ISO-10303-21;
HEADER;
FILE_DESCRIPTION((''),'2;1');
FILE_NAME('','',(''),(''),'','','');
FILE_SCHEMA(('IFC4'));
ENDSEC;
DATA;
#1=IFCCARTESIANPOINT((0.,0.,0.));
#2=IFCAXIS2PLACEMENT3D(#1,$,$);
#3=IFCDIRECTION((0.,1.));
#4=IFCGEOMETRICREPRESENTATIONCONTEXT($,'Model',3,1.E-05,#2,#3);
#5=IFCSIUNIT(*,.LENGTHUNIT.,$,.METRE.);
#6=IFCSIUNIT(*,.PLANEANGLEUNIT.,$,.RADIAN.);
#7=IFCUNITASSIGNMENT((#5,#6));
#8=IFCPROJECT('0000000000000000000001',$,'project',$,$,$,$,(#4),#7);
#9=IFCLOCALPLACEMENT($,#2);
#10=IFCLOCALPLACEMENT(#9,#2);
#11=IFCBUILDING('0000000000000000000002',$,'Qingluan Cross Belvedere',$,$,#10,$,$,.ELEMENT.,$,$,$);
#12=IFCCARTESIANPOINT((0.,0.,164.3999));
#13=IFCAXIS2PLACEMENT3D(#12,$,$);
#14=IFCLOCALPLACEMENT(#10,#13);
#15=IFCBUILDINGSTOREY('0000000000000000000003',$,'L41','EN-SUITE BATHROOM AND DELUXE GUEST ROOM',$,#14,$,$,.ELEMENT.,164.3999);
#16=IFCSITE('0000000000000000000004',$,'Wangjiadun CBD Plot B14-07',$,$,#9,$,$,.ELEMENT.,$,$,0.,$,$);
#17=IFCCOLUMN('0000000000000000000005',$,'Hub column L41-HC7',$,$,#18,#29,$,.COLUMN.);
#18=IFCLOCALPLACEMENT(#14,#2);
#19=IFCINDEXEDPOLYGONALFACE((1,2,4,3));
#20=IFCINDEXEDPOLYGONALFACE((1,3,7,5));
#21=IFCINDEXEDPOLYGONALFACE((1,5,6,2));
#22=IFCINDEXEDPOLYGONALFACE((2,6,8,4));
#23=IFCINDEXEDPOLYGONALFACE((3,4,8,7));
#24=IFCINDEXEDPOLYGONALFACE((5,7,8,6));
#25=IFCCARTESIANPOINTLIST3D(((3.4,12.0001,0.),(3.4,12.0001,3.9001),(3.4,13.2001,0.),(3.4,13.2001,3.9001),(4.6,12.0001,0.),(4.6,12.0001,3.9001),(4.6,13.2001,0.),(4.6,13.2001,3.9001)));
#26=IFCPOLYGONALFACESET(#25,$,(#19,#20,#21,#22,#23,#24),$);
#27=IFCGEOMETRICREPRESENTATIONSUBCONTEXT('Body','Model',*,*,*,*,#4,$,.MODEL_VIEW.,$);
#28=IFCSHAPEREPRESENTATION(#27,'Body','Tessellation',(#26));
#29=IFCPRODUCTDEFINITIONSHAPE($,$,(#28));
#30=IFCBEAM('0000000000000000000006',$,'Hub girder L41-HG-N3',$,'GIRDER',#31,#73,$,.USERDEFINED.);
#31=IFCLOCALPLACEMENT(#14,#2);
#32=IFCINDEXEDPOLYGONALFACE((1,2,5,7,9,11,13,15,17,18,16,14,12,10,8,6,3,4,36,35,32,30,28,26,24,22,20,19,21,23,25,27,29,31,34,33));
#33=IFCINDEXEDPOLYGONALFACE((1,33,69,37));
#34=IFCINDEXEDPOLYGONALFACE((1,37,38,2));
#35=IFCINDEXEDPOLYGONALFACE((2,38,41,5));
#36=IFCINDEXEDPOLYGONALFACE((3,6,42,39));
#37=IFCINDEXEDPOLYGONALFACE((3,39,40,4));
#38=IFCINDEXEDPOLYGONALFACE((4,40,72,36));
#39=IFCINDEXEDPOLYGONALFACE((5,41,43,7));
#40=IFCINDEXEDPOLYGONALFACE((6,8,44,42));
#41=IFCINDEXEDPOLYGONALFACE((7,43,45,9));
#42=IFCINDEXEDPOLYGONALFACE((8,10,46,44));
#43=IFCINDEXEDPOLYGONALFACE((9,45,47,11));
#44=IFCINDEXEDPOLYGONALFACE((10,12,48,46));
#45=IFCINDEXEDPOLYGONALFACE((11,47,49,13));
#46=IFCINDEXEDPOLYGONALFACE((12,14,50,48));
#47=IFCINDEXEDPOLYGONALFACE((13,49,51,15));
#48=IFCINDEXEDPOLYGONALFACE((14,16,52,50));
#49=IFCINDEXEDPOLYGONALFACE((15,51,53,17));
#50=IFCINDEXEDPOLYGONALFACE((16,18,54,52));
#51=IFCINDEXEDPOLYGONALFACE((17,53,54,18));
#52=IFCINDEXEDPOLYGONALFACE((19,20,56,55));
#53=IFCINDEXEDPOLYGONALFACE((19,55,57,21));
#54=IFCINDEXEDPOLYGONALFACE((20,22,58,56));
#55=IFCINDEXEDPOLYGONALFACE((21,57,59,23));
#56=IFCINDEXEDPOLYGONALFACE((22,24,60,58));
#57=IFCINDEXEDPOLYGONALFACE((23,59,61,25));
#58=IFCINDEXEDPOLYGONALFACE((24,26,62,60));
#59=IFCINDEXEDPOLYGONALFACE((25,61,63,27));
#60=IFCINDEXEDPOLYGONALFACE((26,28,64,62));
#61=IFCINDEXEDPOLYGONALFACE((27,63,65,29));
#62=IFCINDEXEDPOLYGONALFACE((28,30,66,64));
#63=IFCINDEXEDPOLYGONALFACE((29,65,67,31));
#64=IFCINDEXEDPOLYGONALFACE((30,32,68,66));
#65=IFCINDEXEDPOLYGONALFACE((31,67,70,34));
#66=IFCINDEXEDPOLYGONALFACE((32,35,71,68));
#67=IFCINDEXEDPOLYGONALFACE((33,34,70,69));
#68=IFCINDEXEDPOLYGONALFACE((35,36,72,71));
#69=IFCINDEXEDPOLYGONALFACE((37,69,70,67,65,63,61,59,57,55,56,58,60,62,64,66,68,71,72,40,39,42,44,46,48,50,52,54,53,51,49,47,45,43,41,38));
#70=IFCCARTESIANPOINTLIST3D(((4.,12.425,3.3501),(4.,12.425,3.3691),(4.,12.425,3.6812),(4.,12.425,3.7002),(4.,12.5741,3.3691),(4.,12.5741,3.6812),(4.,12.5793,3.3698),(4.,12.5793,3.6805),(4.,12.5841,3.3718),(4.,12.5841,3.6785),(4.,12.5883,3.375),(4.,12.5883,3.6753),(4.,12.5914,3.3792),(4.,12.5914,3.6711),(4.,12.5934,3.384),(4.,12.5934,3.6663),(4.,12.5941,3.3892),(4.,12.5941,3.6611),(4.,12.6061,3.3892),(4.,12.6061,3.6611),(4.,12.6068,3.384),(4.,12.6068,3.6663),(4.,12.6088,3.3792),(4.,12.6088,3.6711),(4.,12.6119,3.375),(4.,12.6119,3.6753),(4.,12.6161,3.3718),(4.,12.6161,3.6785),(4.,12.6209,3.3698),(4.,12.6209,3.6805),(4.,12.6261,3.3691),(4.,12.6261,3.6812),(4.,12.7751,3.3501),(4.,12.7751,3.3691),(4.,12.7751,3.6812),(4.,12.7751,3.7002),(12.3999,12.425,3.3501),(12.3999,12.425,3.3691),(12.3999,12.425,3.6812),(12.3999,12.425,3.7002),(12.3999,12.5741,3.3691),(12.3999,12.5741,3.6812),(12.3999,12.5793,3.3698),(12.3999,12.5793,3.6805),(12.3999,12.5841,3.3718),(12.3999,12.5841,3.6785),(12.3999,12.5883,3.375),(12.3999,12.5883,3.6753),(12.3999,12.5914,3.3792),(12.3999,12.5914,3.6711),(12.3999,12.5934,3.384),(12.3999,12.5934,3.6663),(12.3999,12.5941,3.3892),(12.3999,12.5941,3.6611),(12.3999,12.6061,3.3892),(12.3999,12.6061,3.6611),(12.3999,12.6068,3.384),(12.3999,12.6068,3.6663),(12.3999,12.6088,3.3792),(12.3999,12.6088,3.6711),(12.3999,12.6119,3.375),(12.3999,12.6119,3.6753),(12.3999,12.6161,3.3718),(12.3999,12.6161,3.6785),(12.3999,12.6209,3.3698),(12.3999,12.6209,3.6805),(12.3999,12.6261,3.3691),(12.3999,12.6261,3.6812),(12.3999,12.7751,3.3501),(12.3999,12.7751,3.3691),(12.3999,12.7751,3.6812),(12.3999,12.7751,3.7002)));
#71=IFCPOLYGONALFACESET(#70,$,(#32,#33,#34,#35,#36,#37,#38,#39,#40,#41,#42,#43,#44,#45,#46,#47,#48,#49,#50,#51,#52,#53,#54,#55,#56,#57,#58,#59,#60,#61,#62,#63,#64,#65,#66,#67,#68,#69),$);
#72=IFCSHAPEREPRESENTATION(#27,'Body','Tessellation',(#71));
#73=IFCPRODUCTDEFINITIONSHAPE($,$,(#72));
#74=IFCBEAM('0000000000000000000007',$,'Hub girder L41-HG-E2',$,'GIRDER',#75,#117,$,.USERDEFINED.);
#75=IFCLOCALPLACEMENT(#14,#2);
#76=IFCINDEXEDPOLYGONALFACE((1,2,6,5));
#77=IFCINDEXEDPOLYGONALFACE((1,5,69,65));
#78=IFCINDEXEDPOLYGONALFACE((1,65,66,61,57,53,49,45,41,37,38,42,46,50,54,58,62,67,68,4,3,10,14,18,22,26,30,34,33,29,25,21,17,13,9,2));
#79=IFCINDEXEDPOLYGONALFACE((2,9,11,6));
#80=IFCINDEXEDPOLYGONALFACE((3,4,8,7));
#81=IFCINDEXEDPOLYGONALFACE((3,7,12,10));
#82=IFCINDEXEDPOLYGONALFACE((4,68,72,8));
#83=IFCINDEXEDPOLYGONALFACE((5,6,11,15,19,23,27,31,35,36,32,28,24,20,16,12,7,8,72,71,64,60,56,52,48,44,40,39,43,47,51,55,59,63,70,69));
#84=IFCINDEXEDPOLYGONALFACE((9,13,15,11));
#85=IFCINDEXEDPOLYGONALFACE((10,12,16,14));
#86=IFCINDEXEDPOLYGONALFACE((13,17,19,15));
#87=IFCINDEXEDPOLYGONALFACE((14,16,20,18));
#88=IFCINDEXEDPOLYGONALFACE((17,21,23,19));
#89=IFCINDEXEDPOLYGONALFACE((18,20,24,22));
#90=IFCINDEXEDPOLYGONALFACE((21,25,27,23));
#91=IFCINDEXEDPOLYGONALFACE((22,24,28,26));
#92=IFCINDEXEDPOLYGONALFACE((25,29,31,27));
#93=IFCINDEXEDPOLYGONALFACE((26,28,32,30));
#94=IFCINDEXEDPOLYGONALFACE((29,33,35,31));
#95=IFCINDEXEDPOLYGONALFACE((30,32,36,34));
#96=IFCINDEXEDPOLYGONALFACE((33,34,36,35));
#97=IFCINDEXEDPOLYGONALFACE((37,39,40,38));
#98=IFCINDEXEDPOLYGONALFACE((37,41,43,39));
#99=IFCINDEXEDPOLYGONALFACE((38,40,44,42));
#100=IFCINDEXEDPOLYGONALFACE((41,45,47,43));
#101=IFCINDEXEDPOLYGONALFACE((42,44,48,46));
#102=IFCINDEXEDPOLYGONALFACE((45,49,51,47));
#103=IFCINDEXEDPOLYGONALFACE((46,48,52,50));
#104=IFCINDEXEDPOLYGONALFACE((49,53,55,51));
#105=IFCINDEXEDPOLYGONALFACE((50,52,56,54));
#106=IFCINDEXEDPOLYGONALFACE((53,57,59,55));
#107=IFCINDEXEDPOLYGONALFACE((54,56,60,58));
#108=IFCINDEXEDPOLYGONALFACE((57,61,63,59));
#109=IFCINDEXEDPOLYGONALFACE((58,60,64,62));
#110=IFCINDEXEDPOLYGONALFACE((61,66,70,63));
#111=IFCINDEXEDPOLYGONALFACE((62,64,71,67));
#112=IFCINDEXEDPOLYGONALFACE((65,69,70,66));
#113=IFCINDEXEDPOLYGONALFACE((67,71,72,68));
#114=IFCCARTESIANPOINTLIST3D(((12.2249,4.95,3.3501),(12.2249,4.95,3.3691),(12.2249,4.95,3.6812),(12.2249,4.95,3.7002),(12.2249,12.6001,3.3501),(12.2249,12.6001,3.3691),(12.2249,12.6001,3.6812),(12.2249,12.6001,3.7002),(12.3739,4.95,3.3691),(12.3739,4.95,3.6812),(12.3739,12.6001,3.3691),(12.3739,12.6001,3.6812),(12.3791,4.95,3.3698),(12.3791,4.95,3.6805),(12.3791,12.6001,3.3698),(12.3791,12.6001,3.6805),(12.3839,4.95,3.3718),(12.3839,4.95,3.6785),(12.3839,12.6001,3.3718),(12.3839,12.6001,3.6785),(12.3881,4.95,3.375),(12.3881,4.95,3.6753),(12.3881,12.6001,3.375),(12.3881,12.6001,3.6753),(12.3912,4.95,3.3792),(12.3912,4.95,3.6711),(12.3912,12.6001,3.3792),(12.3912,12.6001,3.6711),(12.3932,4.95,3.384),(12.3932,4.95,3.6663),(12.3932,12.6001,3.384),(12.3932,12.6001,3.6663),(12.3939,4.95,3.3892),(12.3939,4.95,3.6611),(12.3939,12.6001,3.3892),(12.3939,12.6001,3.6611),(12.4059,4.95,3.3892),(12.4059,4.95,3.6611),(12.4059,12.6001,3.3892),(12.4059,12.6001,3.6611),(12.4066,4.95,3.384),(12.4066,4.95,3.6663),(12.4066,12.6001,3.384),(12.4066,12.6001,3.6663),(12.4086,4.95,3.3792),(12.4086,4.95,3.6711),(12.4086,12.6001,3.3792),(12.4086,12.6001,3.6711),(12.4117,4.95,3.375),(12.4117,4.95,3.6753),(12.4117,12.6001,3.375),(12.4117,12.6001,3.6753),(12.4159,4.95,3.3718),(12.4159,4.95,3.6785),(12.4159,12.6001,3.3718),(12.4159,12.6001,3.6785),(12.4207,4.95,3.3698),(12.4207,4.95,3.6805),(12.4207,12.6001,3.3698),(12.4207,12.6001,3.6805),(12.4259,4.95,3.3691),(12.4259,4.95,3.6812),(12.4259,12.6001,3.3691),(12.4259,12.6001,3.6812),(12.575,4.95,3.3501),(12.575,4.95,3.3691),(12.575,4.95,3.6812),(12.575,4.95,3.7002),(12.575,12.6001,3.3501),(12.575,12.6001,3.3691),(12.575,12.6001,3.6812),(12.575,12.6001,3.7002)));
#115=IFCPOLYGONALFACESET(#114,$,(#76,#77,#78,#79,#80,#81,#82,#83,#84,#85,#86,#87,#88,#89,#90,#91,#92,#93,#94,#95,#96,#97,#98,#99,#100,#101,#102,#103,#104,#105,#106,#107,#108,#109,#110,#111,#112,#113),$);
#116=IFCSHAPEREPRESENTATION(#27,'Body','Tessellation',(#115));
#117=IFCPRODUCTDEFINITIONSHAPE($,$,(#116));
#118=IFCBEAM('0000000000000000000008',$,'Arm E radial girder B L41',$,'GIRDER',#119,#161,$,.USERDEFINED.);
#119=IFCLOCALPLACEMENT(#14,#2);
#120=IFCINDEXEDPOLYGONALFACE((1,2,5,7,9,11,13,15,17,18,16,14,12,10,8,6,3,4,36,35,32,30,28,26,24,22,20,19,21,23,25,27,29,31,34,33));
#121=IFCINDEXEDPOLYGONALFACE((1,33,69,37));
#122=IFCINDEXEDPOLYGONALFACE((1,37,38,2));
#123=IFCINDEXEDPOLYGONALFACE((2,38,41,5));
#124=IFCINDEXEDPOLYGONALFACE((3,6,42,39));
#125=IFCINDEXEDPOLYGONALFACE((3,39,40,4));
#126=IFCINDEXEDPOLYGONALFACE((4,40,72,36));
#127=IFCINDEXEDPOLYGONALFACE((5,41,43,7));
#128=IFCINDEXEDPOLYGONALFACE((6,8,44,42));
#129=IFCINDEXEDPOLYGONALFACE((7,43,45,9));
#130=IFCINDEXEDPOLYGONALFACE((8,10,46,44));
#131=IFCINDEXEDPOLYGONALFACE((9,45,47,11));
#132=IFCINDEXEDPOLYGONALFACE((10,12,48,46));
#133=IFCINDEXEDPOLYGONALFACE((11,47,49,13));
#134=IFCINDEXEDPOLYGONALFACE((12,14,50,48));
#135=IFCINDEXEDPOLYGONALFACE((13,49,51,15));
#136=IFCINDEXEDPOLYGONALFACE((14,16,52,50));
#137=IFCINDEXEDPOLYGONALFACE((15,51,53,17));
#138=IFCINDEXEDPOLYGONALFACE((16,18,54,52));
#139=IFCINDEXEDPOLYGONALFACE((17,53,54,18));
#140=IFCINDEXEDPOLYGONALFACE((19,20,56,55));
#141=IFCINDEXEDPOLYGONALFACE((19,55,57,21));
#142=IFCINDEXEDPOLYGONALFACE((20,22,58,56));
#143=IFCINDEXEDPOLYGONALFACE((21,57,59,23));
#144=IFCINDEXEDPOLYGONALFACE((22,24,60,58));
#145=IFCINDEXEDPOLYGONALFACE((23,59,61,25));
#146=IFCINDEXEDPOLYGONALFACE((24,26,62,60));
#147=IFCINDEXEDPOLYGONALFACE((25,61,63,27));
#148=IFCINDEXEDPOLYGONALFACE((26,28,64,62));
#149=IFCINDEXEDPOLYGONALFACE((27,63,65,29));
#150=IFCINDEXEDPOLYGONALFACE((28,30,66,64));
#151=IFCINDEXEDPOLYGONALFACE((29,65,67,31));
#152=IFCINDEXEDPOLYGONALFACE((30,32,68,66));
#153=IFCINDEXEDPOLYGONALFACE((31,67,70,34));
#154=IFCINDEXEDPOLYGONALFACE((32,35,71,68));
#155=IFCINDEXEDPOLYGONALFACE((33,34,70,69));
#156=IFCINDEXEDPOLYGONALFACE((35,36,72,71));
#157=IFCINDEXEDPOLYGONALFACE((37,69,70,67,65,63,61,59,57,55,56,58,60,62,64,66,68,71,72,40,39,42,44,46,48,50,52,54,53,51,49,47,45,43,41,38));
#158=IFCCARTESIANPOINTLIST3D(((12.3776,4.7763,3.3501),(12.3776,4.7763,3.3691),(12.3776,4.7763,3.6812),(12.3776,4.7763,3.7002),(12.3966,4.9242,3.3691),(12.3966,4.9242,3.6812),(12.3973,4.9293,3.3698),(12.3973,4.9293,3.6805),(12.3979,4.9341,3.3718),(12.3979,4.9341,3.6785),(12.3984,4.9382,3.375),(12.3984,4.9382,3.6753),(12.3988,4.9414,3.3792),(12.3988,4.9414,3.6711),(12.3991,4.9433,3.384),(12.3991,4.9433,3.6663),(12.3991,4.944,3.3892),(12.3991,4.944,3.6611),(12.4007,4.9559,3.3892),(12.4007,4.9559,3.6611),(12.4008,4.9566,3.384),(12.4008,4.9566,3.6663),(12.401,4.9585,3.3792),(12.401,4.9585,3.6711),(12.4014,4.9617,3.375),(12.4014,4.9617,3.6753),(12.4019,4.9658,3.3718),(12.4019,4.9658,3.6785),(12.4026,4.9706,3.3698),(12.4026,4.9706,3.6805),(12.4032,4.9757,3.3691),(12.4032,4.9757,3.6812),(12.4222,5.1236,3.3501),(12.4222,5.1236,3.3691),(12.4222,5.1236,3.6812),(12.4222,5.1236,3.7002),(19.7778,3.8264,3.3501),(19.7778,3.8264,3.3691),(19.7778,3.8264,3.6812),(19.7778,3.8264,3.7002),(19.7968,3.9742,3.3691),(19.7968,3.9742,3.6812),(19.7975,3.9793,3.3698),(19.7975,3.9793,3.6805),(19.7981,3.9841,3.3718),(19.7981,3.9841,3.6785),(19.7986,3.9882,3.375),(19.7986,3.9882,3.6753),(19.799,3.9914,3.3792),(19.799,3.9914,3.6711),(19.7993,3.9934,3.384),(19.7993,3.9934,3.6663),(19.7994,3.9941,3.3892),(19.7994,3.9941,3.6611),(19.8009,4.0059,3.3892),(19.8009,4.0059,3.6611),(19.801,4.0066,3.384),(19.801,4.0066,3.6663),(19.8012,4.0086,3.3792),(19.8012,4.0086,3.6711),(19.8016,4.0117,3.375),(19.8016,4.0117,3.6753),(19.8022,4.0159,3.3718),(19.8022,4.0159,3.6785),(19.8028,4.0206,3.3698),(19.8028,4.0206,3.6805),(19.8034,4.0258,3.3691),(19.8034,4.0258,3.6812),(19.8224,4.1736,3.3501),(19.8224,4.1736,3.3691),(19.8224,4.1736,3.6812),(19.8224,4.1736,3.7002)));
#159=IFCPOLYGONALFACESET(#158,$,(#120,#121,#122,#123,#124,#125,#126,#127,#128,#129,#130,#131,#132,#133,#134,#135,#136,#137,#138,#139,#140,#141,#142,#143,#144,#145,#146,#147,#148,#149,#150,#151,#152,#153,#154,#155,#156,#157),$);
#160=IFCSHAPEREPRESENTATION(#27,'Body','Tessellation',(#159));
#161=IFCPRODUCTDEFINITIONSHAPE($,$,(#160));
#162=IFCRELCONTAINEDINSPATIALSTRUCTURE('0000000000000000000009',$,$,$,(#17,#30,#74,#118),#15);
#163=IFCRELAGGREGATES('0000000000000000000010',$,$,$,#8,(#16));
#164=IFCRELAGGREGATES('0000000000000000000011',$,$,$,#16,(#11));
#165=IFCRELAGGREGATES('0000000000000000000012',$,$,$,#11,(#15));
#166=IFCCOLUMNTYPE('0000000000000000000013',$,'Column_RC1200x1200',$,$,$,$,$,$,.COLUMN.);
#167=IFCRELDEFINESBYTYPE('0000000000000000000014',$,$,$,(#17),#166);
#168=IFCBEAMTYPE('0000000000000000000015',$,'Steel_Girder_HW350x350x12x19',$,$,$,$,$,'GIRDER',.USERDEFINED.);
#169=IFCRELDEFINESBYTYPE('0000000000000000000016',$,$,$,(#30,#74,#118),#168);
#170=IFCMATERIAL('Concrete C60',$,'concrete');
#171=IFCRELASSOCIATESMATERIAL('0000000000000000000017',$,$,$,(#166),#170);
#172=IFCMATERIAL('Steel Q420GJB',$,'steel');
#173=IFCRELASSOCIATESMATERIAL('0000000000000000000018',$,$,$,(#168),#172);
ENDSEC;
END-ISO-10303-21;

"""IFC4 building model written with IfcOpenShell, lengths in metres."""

from ifc_helpers import new_model, si_unit, direction, frame, origin, origin_2d, place, context, subcontext, project, spatial, rectangle, i_section, extrude, material, material_profile, profile_set, type_object, element, save


model = new_model("IFC4")

# Units and contexts
model_context = context("Model", 3, precision=1e-05, world=origin(), true_north=direction((0.0, 1.0)))
body_context = subcontext(model_context, "Body", "Model", "MODEL_VIEW")
ifc_project = project(units=[si_unit("LENGTHUNIT", "METRE"), si_unit("PLANEANGLEUNIT", "RADIAN")], contexts=[model_context])

# Site, building, storey
site_placement = place(None, origin())
site = spatial("IfcSite", under=ifc_project, at=site_placement, Name="Wangjiadun CBD Plot B14-07", CompositionType="ELEMENT", RefElevation=0.0)
building_placement = place(site_placement, origin())
building = spatial("IfcBuilding", under=site, at=building_placement, Name="Qingluan Cross Belvedere", CompositionType="ELEMENT")
storey_placement = place(building_placement, frame((0.0, 0.0, 164.3999)))
storey = spatial("IfcBuildingStorey", under=building, at=storey_placement, Name="L41", Description="EN-SUITE BATHROOM AND DELUXE GUEST ROOM", CompositionType="ELEMENT", Elevation=164.3999)

# Column
ifc_material_1 = material(Name="Concrete C60", Category="concrete")
ifc_material_profile_1 = material_profile(ifc_material_1, rectangle(XDim=1.2, YDim=1.2, at=origin_2d()), Name="RC1200x1200")
ifc_profile_set_1 = profile_set([ifc_material_profile_1], Name="Concrete C60")
column_type = type_object("IfcColumnType", Name="Column_RC1200x1200", PredefinedType="COLUMN", material=ifc_profile_set_1)
column_placement = place(storey_placement, frame((4.0, 12.6001, 0.0), z_axis=(0.0, 0.0, 1.0), x_axis=(1.0, 0.0, 0.0)))
element("IfcColumn", 1, at=column_placement, inside=storey, type_object=column_type, Name="Hub column L41-HC7", PredefinedType="COLUMN", context=body_context, shape_type="SweptSolid", body=[
    extrude(rectangle(XDim=1.2, YDim=1.2, at=origin_2d()), origin(), (0.0, 0.0, 1.0), 3.9001),
])

# Beams
ifc_material_2 = material(Name="Steel Q420GJB", Category="steel")
ifc_material_profile_2 = material_profile(ifc_material_2, i_section(OverallWidth=0.3501, OverallDepth=0.3501, WebThickness=0.012, FlangeThickness=0.019, FilletRadius=0.02, at=origin_2d()), Name="HW350x350x12x19")
ifc_profile_set_2 = profile_set([ifc_material_profile_2], Name="Steel Q420GJB")
beam_type = type_object("IfcBeamType", Name="Steel_Girder_HW350x350x12x19", ElementType="GIRDER", PredefinedType="USERDEFINED", material=ifc_profile_set_2)
beam_1_placement = place(storey_placement, frame((4.0, 12.6001, 3.5251), z_axis=(1.0, 0.0, 0.0), x_axis=(0.0, 1.0, 0.0)))
element("IfcBeam", 2, at=beam_1_placement, inside=storey, type_object=beam_type, Name="Hub girder L41-HG-N3", ObjectType="GIRDER", PredefinedType="USERDEFINED", context=body_context, shape_type="SweptSolid", body=[
    extrude(i_section(OverallWidth=0.3501, OverallDepth=0.3501, WebThickness=0.012, FlangeThickness=0.019, FilletRadius=0.02, at=origin_2d()), origin(), (0.0, 0.0, 1.0), 8.3999),
])
beam_2_placement = place(storey_placement, frame((12.3999, 4.95, 3.5251), z_axis=(0.0, 1.0, 0.0), x_axis=(-1.0, 0.0, 0.0)))
element("IfcBeam", 3, at=beam_2_placement, inside=storey, type_object=beam_type, Name="Hub girder L41-HG-E2", ObjectType="GIRDER", PredefinedType="USERDEFINED", context=body_context, shape_type="SweptSolid", body=[
    extrude(i_section(OverallWidth=0.3501, OverallDepth=0.3501, WebThickness=0.012, FlangeThickness=0.019, FilletRadius=0.02, at=origin_2d()), origin(), (0.0, 0.0, 1.0), 7.6501),
])
beam_3_placement = place(storey_placement, frame((12.3999, 4.95, 3.5251), z_axis=(0.991861, -0.127324, 0.0), x_axis=(0.127324, 0.991861, 0.0)))
element("IfcBeam", 4, at=beam_3_placement, inside=storey, type_object=beam_type, Name="Arm E radial girder B L41", ObjectType="GIRDER", PredefinedType="USERDEFINED", context=body_context, shape_type="SweptSolid", body=[
    extrude(i_section(OverallWidth=0.3501, OverallDepth=0.3501, WebThickness=0.012, FlangeThickness=0.019, FilletRadius=0.02, at=origin_2d()), origin(), (0.0, 0.0, 1.0), 7.4609),
])

save(model, "model.ifc")
